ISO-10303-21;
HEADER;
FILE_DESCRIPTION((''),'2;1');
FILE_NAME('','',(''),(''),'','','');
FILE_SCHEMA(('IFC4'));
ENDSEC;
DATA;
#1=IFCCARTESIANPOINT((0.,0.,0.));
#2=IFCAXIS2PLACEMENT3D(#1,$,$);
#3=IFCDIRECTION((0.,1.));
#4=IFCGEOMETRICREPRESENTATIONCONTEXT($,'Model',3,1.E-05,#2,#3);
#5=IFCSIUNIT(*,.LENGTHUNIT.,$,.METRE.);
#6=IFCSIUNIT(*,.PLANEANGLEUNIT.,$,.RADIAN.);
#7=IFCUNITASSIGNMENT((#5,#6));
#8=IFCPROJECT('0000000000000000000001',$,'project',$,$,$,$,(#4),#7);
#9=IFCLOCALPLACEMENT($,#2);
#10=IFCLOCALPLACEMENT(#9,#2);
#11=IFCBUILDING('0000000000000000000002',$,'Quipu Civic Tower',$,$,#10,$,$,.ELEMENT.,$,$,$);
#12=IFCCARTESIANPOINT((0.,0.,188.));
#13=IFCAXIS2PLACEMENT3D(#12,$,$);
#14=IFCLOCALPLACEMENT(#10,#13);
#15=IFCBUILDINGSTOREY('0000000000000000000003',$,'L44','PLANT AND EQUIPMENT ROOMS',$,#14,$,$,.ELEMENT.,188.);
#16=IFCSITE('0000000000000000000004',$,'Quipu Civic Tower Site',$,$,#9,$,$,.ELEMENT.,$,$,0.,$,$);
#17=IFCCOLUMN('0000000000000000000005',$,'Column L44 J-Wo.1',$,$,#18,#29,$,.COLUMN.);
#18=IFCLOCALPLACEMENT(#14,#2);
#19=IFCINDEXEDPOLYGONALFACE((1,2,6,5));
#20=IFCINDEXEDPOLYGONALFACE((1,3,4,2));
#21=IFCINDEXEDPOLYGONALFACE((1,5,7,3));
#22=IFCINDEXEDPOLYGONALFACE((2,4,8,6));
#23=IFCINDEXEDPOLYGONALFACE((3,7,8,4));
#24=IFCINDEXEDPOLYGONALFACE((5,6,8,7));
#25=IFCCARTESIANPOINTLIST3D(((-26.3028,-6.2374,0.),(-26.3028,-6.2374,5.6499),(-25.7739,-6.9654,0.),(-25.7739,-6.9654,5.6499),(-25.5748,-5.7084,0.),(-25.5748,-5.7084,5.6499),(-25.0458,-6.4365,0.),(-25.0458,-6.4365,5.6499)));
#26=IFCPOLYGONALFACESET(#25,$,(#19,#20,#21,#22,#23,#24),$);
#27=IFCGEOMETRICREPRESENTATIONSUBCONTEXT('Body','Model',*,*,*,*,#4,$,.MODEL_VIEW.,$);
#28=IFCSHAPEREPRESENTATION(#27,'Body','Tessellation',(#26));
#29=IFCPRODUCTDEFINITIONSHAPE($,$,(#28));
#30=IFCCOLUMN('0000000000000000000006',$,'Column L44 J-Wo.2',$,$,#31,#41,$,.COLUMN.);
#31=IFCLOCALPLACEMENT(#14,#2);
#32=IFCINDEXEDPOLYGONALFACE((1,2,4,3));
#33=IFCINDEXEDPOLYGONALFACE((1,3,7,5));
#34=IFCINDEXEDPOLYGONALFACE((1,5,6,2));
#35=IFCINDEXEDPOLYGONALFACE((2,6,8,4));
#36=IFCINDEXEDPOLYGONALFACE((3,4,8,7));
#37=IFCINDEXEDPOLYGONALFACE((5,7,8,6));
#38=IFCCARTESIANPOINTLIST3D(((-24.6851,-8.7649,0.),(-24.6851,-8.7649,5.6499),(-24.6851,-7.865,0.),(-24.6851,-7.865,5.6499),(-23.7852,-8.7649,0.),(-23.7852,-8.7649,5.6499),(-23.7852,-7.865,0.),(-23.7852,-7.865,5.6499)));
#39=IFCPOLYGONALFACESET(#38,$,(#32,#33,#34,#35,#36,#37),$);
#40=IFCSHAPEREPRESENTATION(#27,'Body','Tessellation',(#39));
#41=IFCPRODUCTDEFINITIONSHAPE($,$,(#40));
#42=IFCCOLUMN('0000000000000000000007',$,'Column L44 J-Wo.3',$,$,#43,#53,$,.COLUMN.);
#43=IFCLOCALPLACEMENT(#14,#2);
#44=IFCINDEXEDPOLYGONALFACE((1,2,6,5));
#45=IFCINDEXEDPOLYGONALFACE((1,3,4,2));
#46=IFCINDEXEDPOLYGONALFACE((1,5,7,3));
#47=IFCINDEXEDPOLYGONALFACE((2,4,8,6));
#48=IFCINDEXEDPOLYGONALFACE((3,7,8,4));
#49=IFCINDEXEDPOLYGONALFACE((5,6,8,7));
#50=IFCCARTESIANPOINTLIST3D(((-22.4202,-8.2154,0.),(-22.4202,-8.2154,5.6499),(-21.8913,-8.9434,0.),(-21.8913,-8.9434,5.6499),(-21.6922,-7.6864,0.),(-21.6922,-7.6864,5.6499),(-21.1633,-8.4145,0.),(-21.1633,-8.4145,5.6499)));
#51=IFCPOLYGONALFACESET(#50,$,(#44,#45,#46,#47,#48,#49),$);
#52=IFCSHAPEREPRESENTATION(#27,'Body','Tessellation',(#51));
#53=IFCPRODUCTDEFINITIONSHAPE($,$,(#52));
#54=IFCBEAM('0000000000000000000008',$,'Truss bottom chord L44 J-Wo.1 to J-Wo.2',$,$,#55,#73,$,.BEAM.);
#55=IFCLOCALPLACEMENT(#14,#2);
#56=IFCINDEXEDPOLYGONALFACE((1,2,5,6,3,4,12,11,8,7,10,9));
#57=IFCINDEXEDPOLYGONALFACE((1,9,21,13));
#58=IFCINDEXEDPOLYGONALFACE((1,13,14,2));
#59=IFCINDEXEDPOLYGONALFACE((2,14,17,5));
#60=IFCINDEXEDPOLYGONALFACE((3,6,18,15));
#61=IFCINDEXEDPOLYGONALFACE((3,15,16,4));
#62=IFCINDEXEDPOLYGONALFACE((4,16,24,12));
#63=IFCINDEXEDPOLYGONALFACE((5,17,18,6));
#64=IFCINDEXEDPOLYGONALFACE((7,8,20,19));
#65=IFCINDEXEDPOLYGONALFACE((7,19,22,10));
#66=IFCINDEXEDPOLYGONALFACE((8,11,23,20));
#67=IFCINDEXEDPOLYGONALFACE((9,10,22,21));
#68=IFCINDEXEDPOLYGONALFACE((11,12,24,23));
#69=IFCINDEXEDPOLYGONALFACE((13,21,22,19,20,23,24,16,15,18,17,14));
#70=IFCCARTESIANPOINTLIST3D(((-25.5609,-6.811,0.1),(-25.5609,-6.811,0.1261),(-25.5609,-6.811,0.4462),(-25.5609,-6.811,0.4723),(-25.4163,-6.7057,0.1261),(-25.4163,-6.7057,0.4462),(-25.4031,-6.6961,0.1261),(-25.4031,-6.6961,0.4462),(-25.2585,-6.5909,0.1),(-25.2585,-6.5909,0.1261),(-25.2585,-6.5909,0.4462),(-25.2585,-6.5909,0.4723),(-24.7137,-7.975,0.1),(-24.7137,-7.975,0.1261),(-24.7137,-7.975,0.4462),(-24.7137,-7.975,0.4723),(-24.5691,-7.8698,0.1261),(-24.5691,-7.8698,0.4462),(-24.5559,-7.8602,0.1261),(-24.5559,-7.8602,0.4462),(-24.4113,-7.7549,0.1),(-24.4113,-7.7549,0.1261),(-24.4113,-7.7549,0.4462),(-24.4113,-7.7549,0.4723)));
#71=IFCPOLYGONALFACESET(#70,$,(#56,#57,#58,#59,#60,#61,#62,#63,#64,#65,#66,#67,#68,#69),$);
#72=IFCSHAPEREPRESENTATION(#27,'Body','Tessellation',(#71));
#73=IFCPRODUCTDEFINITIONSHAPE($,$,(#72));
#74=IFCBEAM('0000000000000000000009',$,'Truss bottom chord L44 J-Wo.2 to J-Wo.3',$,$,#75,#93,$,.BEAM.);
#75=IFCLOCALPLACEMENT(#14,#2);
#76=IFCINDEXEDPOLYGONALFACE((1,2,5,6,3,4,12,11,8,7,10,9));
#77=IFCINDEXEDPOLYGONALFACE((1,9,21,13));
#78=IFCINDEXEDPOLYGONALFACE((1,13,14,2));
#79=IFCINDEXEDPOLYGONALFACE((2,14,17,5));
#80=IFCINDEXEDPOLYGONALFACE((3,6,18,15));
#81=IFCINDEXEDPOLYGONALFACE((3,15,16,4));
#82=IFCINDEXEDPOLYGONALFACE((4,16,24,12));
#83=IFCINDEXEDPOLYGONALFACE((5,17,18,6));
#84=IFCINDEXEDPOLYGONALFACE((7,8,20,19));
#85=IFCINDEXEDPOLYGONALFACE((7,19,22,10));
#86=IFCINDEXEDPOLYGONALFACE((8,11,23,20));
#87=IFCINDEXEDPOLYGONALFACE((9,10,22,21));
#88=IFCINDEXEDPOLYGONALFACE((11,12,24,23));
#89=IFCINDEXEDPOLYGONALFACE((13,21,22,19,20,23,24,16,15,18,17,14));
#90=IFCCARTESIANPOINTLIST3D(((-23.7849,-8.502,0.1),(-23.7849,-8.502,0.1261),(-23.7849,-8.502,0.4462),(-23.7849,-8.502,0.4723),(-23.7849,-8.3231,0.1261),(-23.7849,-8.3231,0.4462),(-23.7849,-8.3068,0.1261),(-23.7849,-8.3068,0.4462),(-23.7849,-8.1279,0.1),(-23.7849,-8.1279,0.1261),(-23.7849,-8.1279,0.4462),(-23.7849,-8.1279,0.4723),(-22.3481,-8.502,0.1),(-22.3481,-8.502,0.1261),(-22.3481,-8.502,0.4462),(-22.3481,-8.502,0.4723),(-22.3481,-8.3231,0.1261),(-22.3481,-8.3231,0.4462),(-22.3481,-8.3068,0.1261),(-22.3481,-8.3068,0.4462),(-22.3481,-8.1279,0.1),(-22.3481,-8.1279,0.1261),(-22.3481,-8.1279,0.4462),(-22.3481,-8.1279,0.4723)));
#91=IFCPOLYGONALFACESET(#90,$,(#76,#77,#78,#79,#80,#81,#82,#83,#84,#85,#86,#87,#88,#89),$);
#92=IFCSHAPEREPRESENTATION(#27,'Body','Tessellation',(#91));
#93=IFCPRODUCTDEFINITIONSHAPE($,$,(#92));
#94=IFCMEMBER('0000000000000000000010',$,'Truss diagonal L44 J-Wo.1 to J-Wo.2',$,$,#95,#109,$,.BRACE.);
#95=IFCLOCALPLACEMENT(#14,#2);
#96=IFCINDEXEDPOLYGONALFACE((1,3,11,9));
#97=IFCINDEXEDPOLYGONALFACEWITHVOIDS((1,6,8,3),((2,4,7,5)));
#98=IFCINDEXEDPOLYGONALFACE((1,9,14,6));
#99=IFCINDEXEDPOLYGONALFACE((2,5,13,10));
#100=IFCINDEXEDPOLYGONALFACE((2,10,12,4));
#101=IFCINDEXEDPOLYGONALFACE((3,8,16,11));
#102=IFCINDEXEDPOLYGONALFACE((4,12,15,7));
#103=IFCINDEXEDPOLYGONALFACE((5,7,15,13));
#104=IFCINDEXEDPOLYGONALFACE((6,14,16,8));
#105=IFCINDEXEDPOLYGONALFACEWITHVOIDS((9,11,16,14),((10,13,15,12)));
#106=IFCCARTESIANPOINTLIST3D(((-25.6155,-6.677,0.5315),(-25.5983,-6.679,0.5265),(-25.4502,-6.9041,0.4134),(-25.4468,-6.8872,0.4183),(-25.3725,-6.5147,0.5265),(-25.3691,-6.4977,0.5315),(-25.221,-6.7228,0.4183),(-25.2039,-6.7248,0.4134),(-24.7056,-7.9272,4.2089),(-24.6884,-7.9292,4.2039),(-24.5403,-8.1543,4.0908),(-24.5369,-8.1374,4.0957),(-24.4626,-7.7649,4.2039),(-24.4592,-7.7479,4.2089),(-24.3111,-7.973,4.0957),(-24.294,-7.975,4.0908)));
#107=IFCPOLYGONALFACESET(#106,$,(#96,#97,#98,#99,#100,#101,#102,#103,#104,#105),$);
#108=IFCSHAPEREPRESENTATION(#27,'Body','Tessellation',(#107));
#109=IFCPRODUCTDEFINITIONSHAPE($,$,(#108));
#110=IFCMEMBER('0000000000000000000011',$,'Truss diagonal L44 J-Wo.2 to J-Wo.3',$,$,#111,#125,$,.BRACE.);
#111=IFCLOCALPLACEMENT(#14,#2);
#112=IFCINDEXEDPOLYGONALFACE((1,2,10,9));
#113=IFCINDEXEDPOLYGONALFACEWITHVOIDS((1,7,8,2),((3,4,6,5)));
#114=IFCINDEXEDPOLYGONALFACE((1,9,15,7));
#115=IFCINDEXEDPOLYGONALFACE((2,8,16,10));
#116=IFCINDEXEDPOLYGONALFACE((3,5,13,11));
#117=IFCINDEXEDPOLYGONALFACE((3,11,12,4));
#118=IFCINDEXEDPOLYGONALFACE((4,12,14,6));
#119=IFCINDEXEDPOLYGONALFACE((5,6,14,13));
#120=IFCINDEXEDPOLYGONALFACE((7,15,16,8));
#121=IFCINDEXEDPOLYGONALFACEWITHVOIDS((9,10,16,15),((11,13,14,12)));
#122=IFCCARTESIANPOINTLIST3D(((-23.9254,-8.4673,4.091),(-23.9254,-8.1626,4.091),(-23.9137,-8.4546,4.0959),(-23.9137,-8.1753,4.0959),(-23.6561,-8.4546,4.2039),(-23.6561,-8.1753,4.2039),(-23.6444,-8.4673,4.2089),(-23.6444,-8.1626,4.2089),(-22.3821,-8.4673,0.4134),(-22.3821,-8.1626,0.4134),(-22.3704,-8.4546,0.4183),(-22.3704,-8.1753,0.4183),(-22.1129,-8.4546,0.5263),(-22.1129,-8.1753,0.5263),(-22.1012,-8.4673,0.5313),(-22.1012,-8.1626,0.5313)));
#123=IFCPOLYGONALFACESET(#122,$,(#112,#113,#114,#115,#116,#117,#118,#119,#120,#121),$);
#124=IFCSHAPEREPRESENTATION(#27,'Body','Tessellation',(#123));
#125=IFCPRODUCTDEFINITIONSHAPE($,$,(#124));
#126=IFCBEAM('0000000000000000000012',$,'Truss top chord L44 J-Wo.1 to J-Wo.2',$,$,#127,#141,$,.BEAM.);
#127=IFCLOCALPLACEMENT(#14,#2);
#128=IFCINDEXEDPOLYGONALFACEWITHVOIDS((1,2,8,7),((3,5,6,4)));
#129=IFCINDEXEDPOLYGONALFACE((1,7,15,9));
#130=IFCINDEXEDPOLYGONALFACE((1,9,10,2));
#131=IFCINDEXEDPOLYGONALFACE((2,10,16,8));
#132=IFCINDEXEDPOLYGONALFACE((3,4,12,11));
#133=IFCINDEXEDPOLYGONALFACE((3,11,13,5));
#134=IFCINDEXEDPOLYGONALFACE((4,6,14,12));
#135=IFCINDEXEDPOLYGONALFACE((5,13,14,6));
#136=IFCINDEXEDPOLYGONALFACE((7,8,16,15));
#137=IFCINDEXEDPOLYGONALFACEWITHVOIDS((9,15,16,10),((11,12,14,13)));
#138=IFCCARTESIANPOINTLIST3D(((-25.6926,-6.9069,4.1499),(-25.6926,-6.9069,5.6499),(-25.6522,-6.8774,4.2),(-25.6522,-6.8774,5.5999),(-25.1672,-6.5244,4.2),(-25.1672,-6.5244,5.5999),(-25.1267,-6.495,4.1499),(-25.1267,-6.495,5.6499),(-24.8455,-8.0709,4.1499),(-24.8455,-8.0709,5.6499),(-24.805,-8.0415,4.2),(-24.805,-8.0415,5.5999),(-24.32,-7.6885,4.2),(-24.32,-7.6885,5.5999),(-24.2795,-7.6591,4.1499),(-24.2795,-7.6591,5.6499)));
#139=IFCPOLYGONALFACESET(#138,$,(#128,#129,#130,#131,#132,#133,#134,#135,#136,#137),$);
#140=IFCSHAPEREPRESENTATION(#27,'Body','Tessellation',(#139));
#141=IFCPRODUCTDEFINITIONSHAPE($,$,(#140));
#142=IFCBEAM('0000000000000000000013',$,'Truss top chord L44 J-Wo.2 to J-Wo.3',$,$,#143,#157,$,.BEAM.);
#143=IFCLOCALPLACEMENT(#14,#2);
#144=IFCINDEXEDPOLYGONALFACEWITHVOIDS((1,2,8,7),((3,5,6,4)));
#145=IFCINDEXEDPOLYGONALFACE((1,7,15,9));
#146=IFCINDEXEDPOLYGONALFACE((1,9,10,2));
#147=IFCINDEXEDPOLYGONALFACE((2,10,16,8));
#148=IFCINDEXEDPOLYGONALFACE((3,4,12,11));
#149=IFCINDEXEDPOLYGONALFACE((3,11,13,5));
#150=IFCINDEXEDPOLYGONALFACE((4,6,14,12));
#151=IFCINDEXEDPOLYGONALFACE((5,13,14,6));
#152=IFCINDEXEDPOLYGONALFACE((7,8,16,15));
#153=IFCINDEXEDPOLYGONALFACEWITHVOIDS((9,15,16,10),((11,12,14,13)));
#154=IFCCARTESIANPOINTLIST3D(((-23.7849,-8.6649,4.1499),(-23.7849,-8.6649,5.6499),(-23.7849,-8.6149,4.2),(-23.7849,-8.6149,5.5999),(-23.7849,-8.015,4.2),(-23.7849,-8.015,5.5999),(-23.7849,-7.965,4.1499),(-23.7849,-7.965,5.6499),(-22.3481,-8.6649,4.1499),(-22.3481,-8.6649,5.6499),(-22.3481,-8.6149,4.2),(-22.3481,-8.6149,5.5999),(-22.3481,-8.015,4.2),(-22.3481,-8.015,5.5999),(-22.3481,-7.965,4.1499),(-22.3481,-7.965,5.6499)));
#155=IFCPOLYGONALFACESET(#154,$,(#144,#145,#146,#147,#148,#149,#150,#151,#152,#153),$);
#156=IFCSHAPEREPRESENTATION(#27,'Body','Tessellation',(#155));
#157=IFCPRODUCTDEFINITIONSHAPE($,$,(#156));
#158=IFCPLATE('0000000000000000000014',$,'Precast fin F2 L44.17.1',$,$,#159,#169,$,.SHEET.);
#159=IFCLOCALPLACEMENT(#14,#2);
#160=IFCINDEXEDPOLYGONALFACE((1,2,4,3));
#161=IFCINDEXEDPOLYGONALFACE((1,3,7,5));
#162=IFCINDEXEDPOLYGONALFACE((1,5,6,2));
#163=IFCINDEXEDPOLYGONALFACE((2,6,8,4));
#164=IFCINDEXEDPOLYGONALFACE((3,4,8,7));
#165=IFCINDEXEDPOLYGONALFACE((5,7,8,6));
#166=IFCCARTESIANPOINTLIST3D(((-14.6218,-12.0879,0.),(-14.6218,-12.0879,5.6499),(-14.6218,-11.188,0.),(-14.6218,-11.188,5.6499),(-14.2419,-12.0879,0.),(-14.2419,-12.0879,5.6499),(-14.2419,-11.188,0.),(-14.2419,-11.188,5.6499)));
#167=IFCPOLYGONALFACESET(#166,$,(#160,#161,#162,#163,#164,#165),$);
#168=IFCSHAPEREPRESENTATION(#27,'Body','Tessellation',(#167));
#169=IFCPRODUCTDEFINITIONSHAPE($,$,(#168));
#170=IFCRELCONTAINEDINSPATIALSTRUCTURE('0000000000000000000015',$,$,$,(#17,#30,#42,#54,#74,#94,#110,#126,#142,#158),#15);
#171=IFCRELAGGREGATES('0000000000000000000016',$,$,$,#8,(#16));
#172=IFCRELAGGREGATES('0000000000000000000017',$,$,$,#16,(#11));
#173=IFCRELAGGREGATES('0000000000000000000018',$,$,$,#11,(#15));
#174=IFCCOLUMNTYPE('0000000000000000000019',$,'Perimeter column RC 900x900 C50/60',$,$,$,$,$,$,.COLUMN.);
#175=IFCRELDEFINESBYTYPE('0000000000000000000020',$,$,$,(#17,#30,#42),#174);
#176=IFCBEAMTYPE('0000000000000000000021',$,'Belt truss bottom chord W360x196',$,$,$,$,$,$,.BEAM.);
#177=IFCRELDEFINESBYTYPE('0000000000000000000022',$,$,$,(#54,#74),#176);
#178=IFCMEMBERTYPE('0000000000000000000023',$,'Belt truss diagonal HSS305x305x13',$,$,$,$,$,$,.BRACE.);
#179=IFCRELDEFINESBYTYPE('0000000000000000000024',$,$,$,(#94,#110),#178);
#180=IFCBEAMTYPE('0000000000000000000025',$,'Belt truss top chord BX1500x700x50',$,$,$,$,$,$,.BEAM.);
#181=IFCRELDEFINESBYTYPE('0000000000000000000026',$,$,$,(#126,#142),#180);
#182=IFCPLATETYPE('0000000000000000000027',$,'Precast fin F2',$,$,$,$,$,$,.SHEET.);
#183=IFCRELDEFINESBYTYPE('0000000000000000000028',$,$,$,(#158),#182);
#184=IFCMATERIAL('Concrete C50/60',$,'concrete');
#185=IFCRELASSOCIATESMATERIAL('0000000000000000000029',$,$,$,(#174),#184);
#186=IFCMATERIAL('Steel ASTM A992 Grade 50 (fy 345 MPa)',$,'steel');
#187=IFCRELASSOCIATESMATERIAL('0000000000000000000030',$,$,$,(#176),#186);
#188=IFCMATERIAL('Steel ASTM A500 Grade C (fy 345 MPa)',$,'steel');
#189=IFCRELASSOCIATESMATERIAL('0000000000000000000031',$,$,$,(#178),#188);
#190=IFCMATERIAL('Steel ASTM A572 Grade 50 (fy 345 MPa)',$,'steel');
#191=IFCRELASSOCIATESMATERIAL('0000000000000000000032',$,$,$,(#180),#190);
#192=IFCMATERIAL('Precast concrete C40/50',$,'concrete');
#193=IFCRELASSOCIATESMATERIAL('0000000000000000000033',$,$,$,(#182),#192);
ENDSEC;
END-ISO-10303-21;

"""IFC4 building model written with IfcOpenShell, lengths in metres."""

from ifc_helpers import new_model, si_unit, direction, frame, origin, origin_2d, place, context, subcontext, project, spatial, rectangle, hollow_rectangle, i_section, extrude, material, material_profile, profile_set, type_object, element, save


model = new_model("IFC4")

# Units and contexts
model_context = context("Model", 3, precision=1e-05, world=origin(), true_north=direction((0.0, 1.0)))
body_context = subcontext(model_context, "Body", "Model", "MODEL_VIEW")
ifc_project = project(units=[si_unit("LENGTHUNIT", "METRE"), si_unit("PLANEANGLEUNIT", "RADIAN")], contexts=[model_context])

# Site, building, storey
site_placement = place(None, origin())
site = spatial("IfcSite", under=ifc_project, at=site_placement, Name="Quipu Civic Tower Site", CompositionType="ELEMENT", RefElevation=0.0)
building_placement = place(site_placement, origin())
building = spatial("IfcBuilding", under=site, at=building_placement, Name="Quipu Civic Tower", CompositionType="ELEMENT")
storey_placement = place(building_placement, frame((0.0, 0.0, 188.0)))
storey = spatial("IfcBuildingStorey", under=building, at=storey_placement, Name="L44", Description="PLANT AND EQUIPMENT ROOMS", CompositionType="ELEMENT", Elevation=188.0)

# Columns
ifc_material_1 = material(Name="Concrete C50/60", Category="concrete")
ifc_material_profile_1 = material_profile(ifc_material_1, rectangle(XDim=0.8999, YDim=0.8999, at=origin_2d()), Name="RC900x900")
ifc_profile_set_1 = profile_set([ifc_material_profile_1], Name="Concrete C50/60")
column_type = type_object("IfcColumnType", Name="Perimeter column RC 900x900 C50/60", PredefinedType="COLUMN", material=ifc_profile_set_1)
for number, where, z_axis, x_axis, name in (
    (1, (-25.6743, -6.3369, 0.0), (0.0, 0.0, 1.0), (0.587785, -0.809017, 0.0), "Column L44 J-Wo.1"),
    (2, (-24.2351, -8.3149, 0.0), (0.0, 0.0, 1.0), (1.0, 0.0, 0.0), "Column L44 J-Wo.2"),
    (3, (-21.7917, -8.3149, 0.0), (0.0, 0.0, 1.0), (0.587785, -0.809017, 0.0), "Column L44 J-Wo.3"),
):
    element("IfcColumn", number, at=place(storey_placement, frame(where, z_axis=z_axis, x_axis=x_axis)), inside=storey, type_object=column_type, Name=name, PredefinedType="COLUMN", context=body_context, shape_type="SweptSolid", body=[
        extrude(rectangle(XDim=0.8999, YDim=0.8999, at=origin_2d()), origin(), (0.0, 0.0, 1.0), 5.6499),
    ])

# Beams
ifc_material_2 = material(Name="Steel ASTM A992 Grade 50 (fy 345 MPa)", Category="steel")
ifc_material_profile_2 = material_profile(ifc_material_2, i_section(OverallWidth=0.374, OverallDepth=0.3723, WebThickness=0.0164, FlangeThickness=0.0261, at=origin_2d()), Name="W360x196")
ifc_profile_set_2 = profile_set([ifc_material_profile_2], Name="Steel ASTM A992 Grade 50 (fy 345 MPa)")
beam_type_1 = type_object("IfcBeamType", Name="Belt truss bottom chord W360x196", PredefinedType="BEAM", material=ifc_profile_set_2)
beam_1_placement = place(storey_placement, frame((-25.4097, -6.7009, 0.2861), z_axis=(0.588434, -0.808545, 0.0), x_axis=(0.808545, 0.588434, 0.0)))
element("IfcBeam", 4, at=beam_1_placement, inside=storey, type_object=beam_type_1, Name="Truss bottom chord L44 J-Wo.1 to J-Wo.2", PredefinedType="BEAM", context=body_context, shape_type="SweptSolid", body=[
    extrude(i_section(OverallWidth=0.374, OverallDepth=0.3723, WebThickness=0.0164, FlangeThickness=0.0261, at=origin_2d()), origin(), (0.0, 0.0, 1.0), 1.4397),
])
beam_2_placement = place(storey_placement, frame((-23.7849, -8.3149, 0.2861), z_axis=(1.0, 0.0, 0.0), x_axis=(0.0, 1.0, 0.0)))
element("IfcBeam", 5, at=beam_2_placement, inside=storey, type_object=beam_type_1, Name="Truss bottom chord L44 J-Wo.2 to J-Wo.3", PredefinedType="BEAM", context=body_context, shape_type="SweptSolid", body=[
    extrude(i_section(OverallWidth=0.374, OverallDepth=0.3723, WebThickness=0.0164, FlangeThickness=0.0261, at=origin_2d()), origin(), (0.0, 0.0, 1.0), 1.4368),
])

# Members
ifc_material_3 = material(Name="Steel ASTM A500 Grade C (fy 345 MPa)", Category="steel")
ifc_material_profile_3 = material_profile(ifc_material_3, hollow_rectangle(XDim=0.3047, YDim=0.3047, WallThickness=0.0127, at=origin_2d()), Name="HSS305x305x13")
ifc_profile_set_3 = profile_set([ifc_material_profile_3], Name="Steel ASTM A500 Grade C (fy 345 MPa)")
member_type = type_object("IfcMemberType", Name="Belt truss diagonal HSS305x305x13", PredefinedType="BRACE", material=ifc_profile_set_3)
member_1_placement = place(storey_placement, frame((-25.4097, -6.7009, 0.4724), z_axis=(0.228085, -0.313395, 0.921825), x_axis=(0.808538, 0.588444, 0.0)))
element("IfcMember", 6, at=member_1_placement, inside=storey, type_object=member_type, Name="Truss diagonal L44 J-Wo.1 to J-Wo.2", PredefinedType="BRACE", context=body_context, shape_type="SweptSolid", body=[
    extrude(hollow_rectangle(XDim=0.3047, YDim=0.3047, WallThickness=0.0127, at=origin_2d()), origin(), (0.0, 0.0, 1.0), 3.9893),
])
member_2_placement = place(storey_placement, frame((-23.7849, -8.3149, 4.1499), z_axis=(0.386948, 0.0, -0.922101), x_axis=(0.0, 1.0, 0.0)))
element("IfcMember", 7, at=member_2_placement, inside=storey, type_object=member_type, Name="Truss diagonal L44 J-Wo.2 to J-Wo.3", PredefinedType="BRACE", context=body_context, shape_type="SweptSolid", body=[
    extrude(hollow_rectangle(XDim=0.3047, YDim=0.3047, WallThickness=0.0127, at=origin_2d()), origin(), (0.0, 0.0, 1.0), 3.9883),
])

# Beams
ifc_material_4 = material(Name="Steel ASTM A572 Grade 50 (fy 345 MPa)", Category="steel")
ifc_material_profile_4 = material_profile(ifc_material_4, hollow_rectangle(XDim=0.7, YDim=1.5, WallThickness=0.05, at=origin_2d()), Name="BX1500x700x50")
ifc_profile_set_4 = profile_set([ifc_material_profile_4], Name="Steel ASTM A572 Grade 50 (fy 345 MPa)")
beam_type_2 = type_object("IfcBeamType", Name="Belt truss top chord BX1500x700x50", PredefinedType="BEAM", material=ifc_profile_set_4)
beam_3_placement = place(storey_placement, frame((-25.4097, -6.7009, 4.8999), z_axis=(0.588434, -0.808545, 0.0), x_axis=(0.808545, 0.588434, 0.0)))
element("IfcBeam", 8, at=beam_3_placement, inside=storey, type_object=beam_type_2, Name="Truss top chord L44 J-Wo.1 to J-Wo.2", PredefinedType="BEAM", context=body_context, shape_type="SweptSolid", body=[
    extrude(hollow_rectangle(XDim=0.7, YDim=1.5, WallThickness=0.05, at=origin_2d()), origin(), (0.0, 0.0, 1.0), 1.4397),
])
beam_4_placement = place(storey_placement, frame((-23.7849, -8.3149, 4.8999), z_axis=(1.0, 0.0, 0.0), x_axis=(0.0, 1.0, 0.0)))
element("IfcBeam", 9, at=beam_4_placement, inside=storey, type_object=beam_type_2, Name="Truss top chord L44 J-Wo.2 to J-Wo.3", PredefinedType="BEAM", context=body_context, shape_type="SweptSolid", body=[
    extrude(hollow_rectangle(XDim=0.7, YDim=1.5, WallThickness=0.05, at=origin_2d()), origin(), (0.0, 0.0, 1.0), 1.4368),
])

# Plate
ifc_material_5 = material(Name="Precast concrete C40/50", Category="concrete")
plate_type = type_object("IfcPlateType", Name="Precast fin F2", PredefinedType="SHEET", material=ifc_material_5)
plate_placement = place(storey_placement, frame((-14.4319, -11.6379, 0.0), z_axis=(0.0, 0.0, 1.0), x_axis=(1.0, 0.0, 0.0)))
element("IfcPlate", 10, at=plate_placement, inside=storey, type_object=plate_type, Name="Precast fin F2 L44.17.1", PredefinedType="SHEET", context=body_context, shape_type="SweptSolid", body=[
    extrude(rectangle(XDim=0.3799, YDim=0.8999, at=origin_2d()), origin(), (0.0, 0.0, 1.0), 5.6499),
])

save(model, "model.ifc")
